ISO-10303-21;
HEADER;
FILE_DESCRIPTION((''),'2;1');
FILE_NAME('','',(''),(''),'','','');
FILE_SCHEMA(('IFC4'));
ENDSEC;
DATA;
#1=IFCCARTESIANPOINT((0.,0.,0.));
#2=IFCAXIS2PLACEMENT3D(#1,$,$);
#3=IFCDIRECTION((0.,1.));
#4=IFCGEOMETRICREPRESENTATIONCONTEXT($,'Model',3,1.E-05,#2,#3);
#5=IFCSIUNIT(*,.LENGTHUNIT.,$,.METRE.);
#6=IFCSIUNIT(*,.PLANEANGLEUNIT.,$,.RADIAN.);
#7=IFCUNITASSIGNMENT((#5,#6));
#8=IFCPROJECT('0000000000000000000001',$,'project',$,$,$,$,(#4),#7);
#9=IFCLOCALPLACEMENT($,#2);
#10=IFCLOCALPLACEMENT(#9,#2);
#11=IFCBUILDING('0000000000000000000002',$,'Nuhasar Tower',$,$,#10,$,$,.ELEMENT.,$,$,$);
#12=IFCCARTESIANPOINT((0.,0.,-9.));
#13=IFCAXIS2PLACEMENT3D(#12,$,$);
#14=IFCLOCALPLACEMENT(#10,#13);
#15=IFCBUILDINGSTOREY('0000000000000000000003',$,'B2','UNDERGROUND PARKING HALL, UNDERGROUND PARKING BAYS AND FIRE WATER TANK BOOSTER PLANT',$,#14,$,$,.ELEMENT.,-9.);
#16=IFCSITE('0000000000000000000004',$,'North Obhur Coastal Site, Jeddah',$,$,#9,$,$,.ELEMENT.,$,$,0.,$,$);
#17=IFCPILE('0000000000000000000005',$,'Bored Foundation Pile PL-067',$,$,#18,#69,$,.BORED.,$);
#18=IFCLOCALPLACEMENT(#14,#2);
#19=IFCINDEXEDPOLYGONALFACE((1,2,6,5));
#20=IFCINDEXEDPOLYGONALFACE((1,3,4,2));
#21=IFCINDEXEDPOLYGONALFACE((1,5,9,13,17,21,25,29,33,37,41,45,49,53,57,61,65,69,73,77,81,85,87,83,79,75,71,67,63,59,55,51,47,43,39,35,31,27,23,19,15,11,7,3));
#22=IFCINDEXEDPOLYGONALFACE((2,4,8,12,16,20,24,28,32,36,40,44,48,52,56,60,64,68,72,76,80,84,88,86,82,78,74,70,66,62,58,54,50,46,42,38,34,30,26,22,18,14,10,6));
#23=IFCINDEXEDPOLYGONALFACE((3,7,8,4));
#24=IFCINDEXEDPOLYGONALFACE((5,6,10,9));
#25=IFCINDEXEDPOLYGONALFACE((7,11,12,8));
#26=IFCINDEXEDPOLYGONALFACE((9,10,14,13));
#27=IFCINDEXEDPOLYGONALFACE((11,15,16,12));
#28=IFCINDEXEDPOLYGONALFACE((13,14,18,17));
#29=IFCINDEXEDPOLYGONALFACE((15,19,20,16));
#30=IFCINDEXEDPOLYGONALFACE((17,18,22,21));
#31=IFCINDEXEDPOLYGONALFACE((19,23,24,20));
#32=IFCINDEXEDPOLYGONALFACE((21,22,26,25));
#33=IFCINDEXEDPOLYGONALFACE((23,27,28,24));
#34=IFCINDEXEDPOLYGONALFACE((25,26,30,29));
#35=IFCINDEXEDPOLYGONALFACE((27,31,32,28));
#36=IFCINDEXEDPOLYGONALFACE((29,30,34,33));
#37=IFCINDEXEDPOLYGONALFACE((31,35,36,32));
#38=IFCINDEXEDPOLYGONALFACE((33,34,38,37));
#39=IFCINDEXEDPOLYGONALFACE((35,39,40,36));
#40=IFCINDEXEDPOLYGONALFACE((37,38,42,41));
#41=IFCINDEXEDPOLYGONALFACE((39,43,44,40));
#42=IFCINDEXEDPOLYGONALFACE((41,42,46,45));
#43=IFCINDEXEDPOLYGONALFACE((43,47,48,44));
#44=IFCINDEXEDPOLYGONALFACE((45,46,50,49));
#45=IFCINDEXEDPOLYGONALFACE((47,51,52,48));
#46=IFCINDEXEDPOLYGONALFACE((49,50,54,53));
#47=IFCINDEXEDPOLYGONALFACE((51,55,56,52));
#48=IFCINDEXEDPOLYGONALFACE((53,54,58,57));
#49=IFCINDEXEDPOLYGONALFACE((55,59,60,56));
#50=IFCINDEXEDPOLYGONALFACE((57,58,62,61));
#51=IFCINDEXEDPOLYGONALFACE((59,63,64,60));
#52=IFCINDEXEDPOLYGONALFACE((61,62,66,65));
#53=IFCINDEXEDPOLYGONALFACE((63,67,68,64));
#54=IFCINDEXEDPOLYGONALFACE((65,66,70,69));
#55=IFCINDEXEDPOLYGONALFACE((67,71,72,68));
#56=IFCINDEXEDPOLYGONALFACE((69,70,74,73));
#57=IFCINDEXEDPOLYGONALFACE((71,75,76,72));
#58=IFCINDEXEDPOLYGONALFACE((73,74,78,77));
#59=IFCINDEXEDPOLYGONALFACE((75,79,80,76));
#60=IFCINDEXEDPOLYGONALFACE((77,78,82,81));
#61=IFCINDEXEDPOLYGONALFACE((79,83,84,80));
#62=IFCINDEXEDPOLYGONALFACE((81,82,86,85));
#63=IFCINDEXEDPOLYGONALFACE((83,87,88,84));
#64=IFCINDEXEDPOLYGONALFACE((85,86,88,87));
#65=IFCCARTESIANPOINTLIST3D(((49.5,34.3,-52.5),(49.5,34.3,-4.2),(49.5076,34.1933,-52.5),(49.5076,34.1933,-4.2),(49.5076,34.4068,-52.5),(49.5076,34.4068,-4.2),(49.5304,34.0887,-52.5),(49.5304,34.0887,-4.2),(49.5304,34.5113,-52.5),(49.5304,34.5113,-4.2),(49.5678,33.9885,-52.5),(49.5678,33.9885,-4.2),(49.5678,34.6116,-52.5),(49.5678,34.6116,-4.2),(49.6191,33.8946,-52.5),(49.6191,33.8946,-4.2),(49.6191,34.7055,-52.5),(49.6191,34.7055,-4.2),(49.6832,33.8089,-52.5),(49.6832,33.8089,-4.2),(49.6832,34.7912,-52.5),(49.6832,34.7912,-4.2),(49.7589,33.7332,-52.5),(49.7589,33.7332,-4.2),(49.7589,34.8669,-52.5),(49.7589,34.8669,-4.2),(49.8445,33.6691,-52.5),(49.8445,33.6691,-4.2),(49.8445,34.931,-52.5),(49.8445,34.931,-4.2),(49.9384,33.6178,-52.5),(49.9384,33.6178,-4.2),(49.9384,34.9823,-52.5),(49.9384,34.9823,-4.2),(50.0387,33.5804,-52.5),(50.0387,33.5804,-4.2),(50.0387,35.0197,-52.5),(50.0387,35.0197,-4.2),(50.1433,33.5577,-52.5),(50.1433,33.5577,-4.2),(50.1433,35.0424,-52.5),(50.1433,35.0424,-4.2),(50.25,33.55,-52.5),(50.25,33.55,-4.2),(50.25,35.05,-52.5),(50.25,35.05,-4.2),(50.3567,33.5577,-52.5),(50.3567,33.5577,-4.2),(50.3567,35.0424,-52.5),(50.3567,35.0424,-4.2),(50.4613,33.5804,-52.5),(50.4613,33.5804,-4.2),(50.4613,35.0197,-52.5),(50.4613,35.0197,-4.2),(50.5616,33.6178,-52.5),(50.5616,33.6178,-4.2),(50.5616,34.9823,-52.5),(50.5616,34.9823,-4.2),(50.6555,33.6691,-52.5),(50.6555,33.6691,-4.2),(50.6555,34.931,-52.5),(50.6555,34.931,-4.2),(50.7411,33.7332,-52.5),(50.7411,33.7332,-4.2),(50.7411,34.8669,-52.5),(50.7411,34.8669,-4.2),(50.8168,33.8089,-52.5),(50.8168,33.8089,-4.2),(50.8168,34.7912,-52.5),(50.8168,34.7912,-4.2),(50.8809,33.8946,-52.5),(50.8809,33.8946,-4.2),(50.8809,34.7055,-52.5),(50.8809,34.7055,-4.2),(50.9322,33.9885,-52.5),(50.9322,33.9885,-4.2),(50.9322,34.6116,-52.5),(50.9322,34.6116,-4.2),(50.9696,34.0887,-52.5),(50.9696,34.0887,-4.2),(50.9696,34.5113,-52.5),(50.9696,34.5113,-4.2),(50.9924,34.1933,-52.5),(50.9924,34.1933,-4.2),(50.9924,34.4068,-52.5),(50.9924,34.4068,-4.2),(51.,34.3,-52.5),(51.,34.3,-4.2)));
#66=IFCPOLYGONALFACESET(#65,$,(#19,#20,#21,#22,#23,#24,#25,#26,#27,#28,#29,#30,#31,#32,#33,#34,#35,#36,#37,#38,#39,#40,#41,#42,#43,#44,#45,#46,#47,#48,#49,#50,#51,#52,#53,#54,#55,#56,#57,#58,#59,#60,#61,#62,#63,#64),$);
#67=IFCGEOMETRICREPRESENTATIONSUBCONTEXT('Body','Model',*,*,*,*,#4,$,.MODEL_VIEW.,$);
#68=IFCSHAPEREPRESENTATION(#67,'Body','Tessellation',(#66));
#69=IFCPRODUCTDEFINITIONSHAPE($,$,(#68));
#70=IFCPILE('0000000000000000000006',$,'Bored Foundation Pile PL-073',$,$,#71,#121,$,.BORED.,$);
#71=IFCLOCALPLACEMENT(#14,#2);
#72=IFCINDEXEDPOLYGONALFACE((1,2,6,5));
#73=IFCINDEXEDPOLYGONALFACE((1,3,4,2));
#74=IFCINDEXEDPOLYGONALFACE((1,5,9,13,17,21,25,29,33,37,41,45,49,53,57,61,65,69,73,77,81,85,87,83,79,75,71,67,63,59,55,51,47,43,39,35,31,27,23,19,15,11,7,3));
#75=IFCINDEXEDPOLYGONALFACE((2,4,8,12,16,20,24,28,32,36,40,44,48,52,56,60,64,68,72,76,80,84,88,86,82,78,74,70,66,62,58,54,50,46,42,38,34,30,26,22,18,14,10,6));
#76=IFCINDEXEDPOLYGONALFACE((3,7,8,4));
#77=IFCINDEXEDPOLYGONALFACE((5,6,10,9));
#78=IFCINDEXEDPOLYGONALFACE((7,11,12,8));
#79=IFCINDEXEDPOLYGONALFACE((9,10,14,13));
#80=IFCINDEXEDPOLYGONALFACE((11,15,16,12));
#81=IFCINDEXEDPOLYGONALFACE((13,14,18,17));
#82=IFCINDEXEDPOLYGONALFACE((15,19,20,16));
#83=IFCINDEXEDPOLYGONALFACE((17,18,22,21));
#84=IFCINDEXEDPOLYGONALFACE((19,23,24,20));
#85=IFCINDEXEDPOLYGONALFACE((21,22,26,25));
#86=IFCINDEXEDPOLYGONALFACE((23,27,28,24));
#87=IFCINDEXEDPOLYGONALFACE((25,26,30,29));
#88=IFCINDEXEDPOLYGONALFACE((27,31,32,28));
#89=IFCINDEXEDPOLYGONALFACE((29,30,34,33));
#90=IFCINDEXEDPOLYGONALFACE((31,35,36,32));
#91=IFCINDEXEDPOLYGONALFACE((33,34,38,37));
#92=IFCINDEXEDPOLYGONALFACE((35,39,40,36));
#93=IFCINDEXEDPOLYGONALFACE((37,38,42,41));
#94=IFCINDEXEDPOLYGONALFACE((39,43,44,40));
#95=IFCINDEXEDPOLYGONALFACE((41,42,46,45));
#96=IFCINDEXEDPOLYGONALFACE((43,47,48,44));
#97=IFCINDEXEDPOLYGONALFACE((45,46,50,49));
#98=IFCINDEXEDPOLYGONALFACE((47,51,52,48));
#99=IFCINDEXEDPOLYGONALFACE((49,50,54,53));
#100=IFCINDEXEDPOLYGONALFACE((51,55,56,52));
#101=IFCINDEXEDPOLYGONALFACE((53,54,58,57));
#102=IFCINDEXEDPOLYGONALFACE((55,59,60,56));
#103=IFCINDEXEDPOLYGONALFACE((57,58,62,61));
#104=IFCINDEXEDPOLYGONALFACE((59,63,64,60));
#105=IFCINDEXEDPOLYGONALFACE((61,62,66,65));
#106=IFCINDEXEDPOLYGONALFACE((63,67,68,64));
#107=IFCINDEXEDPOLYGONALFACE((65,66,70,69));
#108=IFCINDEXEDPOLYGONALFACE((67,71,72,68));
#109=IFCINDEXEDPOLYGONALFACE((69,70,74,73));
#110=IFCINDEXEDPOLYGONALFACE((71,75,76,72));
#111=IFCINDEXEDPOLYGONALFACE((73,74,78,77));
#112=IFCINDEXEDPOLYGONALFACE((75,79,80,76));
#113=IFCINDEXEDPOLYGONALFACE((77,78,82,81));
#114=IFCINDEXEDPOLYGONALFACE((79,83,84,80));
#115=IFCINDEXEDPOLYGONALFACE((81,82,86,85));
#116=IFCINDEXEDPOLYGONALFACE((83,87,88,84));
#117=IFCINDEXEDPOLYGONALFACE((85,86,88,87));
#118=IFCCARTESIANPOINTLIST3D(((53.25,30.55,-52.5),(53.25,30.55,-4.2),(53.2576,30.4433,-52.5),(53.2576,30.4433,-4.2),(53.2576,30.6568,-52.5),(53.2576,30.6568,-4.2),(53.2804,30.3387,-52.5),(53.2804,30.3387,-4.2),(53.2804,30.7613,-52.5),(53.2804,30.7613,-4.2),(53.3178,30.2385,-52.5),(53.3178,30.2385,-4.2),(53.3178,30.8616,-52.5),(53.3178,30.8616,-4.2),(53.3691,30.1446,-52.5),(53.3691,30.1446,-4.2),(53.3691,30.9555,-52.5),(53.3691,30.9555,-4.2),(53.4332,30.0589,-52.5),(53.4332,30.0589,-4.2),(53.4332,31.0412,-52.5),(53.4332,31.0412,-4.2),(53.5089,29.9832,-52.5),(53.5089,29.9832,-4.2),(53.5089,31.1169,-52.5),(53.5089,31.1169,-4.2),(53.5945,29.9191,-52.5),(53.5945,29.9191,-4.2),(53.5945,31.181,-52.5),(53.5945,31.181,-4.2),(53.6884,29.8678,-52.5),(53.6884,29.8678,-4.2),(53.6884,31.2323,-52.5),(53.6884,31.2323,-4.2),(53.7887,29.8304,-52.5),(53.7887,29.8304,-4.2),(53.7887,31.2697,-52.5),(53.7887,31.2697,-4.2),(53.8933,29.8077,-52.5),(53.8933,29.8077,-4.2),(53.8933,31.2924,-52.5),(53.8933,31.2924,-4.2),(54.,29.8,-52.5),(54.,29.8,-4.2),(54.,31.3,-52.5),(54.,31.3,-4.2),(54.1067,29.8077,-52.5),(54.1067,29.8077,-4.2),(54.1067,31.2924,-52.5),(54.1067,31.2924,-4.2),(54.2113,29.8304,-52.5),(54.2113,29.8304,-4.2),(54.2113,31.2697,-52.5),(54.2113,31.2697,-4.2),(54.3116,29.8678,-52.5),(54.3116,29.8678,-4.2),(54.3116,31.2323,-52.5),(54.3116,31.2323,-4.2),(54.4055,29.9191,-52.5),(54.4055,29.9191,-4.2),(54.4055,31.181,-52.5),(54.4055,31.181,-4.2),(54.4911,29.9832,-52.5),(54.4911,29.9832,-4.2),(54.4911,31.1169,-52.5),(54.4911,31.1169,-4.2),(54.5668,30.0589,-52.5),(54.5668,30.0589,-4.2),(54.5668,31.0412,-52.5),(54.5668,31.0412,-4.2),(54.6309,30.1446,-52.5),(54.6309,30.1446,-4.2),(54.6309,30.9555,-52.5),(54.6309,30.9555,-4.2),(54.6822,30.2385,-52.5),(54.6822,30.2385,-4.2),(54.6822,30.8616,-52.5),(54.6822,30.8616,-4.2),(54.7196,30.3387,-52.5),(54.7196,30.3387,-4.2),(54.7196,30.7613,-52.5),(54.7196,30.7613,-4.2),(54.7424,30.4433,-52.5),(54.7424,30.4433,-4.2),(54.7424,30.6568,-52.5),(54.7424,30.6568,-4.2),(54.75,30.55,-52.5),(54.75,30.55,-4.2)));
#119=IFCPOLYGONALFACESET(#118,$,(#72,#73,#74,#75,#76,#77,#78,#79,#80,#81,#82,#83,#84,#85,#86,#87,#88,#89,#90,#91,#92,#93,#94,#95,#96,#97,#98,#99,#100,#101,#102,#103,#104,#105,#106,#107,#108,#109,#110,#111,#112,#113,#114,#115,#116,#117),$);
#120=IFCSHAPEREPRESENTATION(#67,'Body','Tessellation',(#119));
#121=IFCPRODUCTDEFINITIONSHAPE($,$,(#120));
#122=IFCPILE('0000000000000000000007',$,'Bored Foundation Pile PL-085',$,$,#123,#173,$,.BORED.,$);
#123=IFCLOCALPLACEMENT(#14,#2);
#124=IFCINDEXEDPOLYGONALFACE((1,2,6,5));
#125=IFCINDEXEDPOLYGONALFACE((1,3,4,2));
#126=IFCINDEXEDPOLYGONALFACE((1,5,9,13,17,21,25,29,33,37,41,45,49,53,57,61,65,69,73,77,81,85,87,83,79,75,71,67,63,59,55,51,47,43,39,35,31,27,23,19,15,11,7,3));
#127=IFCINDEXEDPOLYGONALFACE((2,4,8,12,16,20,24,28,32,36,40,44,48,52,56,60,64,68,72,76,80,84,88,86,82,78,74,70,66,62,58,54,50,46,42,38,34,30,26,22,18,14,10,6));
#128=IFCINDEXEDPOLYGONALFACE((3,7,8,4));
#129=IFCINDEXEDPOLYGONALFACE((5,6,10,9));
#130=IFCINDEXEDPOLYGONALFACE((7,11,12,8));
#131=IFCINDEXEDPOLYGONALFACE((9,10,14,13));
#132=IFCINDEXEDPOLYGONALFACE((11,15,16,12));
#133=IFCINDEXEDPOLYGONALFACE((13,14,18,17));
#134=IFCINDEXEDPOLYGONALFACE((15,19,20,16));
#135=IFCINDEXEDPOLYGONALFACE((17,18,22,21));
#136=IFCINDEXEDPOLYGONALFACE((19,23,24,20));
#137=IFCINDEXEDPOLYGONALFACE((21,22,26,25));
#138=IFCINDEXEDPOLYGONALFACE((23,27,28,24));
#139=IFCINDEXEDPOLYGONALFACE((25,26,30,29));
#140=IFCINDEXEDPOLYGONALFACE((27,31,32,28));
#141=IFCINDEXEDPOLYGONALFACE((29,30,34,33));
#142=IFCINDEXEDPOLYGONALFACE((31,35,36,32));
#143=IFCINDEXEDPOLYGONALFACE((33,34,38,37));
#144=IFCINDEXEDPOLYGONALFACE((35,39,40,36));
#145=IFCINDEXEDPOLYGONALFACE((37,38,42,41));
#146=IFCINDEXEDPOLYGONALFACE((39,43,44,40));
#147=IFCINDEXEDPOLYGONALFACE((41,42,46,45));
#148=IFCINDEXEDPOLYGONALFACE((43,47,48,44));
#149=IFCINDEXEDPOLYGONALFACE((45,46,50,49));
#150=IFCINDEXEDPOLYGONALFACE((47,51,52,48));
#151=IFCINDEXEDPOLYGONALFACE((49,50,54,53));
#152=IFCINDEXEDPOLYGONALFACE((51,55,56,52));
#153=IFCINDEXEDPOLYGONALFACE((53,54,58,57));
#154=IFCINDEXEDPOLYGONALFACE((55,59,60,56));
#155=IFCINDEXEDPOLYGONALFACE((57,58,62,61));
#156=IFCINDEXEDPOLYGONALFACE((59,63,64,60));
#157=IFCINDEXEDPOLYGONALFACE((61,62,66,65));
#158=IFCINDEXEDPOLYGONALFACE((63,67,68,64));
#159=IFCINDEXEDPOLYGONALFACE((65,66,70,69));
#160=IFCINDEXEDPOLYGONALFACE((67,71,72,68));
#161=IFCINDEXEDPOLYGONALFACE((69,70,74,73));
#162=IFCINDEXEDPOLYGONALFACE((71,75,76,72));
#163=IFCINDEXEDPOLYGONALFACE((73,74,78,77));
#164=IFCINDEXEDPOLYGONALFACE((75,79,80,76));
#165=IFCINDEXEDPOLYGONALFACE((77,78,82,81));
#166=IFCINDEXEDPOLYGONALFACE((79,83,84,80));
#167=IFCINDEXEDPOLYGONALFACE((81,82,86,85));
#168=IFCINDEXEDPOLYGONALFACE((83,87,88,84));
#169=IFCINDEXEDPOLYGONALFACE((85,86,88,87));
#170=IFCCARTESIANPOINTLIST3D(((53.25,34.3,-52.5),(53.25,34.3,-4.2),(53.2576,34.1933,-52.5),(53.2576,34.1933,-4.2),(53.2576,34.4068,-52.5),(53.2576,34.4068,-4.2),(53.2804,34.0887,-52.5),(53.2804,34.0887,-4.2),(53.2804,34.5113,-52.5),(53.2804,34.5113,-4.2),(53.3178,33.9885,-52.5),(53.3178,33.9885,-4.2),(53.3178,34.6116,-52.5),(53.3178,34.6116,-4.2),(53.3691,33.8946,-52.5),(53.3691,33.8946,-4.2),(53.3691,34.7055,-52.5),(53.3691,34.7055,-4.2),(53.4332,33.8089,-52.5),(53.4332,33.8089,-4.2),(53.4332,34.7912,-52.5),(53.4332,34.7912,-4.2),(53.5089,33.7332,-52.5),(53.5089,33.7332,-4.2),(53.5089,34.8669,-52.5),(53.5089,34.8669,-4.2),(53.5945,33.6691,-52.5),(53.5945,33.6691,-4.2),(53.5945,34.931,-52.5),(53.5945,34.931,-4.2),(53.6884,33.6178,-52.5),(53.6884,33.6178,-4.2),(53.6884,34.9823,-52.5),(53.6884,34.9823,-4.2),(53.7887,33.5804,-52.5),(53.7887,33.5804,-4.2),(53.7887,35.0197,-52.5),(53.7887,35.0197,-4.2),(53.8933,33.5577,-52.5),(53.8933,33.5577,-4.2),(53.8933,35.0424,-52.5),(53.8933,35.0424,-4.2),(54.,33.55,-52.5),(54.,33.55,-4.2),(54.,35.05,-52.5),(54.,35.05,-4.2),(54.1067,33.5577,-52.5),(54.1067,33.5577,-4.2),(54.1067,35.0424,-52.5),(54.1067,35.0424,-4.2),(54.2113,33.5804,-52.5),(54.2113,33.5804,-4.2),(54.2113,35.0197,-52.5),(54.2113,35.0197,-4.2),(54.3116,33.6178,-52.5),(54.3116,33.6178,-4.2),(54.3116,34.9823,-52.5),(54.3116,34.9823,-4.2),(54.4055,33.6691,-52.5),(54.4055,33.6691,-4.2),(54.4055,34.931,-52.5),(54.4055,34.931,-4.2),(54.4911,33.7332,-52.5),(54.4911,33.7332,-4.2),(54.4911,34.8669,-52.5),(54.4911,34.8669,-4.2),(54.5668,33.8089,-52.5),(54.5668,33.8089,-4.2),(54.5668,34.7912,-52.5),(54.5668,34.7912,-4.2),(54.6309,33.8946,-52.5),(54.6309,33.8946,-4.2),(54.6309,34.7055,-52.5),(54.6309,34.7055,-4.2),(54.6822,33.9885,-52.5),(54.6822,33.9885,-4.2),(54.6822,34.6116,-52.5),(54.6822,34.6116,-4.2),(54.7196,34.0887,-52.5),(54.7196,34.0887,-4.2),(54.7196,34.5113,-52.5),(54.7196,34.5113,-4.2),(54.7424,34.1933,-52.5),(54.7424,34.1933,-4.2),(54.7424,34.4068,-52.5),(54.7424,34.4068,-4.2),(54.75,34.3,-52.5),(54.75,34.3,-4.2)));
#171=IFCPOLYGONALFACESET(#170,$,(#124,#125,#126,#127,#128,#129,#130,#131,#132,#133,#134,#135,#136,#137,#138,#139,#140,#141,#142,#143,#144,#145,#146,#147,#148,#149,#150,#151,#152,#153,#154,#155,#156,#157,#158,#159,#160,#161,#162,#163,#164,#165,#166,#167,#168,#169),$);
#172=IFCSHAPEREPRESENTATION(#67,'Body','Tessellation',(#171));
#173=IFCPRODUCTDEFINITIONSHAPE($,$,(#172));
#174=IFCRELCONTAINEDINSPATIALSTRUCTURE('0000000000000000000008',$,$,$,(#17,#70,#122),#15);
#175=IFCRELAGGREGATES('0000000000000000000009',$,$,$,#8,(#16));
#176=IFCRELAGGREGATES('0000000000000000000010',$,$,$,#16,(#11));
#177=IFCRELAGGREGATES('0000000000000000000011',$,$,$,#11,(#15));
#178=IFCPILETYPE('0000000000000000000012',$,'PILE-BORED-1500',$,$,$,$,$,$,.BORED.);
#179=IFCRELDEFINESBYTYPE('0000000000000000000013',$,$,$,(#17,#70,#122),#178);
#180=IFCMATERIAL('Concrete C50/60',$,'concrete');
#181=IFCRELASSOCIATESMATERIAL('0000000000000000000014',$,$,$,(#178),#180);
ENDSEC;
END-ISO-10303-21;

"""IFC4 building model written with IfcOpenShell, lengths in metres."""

from ifc_helpers import new_model, si_unit, direction, frame, origin, origin_2d, place, context, subcontext, project, spatial, circle, extrude, material, material_profile, profile_set, type_object, element, save


model = new_model("IFC4")

# Units and contexts
model_context = context("Model", 3, precision=1e-05, world=origin(), true_north=direction((0.0, 1.0)))
body_context = subcontext(model_context, "Body", "Model", "MODEL_VIEW")
ifc_project = project(units=[si_unit("LENGTHUNIT", "METRE"), si_unit("PLANEANGLEUNIT", "RADIAN")], contexts=[model_context])

# Site, building, storey
site_placement = place(None, origin())
site = spatial("IfcSite", under=ifc_project, at=site_placement, Name="North Obhur Coastal Site, Jeddah", CompositionType="ELEMENT", RefElevation=0.0)
building_placement = place(site_placement, origin())
building = spatial("IfcBuilding", under=site, at=building_placement, Name="Nuhasar Tower", CompositionType="ELEMENT")
storey_placement = place(building_placement, frame((0.0, 0.0, -9.0)))
storey = spatial("IfcBuildingStorey", under=building, at=storey_placement, Name="B2", Description="UNDERGROUND PARKING HALL, UNDERGROUND PARKING BAYS AND FIRE WATER TANK BOOSTER PLANT", CompositionType="ELEMENT", Elevation=-9.0)

# Piles
ifc_material_1 = material(Name="Concrete C50/60", Category="concrete")
ifc_material_profile_1 = material_profile(ifc_material_1, circle(Radius=0.75, at=origin_2d()), Name="PILE1500")
ifc_profile_set_1 = profile_set([ifc_material_profile_1], Name="Concrete C50/60")
pile_type = type_object("IfcPileType", Name="PILE-BORED-1500", PredefinedType="BORED", material=ifc_profile_set_1)
for number, where, z_axis, x_axis, name in (
    (1, (50.25, 34.3, -4.2), (0.0, 0.0, -1.0), (1.0, 0.0, 0.0), "Bored Foundation Pile PL-067"),
    (2, (54.0, 30.55, -4.2), (0.0, 0.0, -1.0), (1.0, 0.0, 0.0), "Bored Foundation Pile PL-073"),
    (3, (54.0, 34.3, -4.2), (0.0, 0.0, -1.0), (1.0, 0.0, 0.0), "Bored Foundation Pile PL-085"),
):
    element("IfcPile", number, at=place(storey_placement, frame(where, z_axis=z_axis, x_axis=x_axis)), inside=storey, type_object=pile_type, Name=name, PredefinedType="BORED", context=body_context, shape_type="SweptSolid", body=[
        extrude(circle(Radius=0.75, at=origin_2d()), origin(), (0.0, 0.0, 1.0), 48.3),
    ])

save(model, "model.ifc")
